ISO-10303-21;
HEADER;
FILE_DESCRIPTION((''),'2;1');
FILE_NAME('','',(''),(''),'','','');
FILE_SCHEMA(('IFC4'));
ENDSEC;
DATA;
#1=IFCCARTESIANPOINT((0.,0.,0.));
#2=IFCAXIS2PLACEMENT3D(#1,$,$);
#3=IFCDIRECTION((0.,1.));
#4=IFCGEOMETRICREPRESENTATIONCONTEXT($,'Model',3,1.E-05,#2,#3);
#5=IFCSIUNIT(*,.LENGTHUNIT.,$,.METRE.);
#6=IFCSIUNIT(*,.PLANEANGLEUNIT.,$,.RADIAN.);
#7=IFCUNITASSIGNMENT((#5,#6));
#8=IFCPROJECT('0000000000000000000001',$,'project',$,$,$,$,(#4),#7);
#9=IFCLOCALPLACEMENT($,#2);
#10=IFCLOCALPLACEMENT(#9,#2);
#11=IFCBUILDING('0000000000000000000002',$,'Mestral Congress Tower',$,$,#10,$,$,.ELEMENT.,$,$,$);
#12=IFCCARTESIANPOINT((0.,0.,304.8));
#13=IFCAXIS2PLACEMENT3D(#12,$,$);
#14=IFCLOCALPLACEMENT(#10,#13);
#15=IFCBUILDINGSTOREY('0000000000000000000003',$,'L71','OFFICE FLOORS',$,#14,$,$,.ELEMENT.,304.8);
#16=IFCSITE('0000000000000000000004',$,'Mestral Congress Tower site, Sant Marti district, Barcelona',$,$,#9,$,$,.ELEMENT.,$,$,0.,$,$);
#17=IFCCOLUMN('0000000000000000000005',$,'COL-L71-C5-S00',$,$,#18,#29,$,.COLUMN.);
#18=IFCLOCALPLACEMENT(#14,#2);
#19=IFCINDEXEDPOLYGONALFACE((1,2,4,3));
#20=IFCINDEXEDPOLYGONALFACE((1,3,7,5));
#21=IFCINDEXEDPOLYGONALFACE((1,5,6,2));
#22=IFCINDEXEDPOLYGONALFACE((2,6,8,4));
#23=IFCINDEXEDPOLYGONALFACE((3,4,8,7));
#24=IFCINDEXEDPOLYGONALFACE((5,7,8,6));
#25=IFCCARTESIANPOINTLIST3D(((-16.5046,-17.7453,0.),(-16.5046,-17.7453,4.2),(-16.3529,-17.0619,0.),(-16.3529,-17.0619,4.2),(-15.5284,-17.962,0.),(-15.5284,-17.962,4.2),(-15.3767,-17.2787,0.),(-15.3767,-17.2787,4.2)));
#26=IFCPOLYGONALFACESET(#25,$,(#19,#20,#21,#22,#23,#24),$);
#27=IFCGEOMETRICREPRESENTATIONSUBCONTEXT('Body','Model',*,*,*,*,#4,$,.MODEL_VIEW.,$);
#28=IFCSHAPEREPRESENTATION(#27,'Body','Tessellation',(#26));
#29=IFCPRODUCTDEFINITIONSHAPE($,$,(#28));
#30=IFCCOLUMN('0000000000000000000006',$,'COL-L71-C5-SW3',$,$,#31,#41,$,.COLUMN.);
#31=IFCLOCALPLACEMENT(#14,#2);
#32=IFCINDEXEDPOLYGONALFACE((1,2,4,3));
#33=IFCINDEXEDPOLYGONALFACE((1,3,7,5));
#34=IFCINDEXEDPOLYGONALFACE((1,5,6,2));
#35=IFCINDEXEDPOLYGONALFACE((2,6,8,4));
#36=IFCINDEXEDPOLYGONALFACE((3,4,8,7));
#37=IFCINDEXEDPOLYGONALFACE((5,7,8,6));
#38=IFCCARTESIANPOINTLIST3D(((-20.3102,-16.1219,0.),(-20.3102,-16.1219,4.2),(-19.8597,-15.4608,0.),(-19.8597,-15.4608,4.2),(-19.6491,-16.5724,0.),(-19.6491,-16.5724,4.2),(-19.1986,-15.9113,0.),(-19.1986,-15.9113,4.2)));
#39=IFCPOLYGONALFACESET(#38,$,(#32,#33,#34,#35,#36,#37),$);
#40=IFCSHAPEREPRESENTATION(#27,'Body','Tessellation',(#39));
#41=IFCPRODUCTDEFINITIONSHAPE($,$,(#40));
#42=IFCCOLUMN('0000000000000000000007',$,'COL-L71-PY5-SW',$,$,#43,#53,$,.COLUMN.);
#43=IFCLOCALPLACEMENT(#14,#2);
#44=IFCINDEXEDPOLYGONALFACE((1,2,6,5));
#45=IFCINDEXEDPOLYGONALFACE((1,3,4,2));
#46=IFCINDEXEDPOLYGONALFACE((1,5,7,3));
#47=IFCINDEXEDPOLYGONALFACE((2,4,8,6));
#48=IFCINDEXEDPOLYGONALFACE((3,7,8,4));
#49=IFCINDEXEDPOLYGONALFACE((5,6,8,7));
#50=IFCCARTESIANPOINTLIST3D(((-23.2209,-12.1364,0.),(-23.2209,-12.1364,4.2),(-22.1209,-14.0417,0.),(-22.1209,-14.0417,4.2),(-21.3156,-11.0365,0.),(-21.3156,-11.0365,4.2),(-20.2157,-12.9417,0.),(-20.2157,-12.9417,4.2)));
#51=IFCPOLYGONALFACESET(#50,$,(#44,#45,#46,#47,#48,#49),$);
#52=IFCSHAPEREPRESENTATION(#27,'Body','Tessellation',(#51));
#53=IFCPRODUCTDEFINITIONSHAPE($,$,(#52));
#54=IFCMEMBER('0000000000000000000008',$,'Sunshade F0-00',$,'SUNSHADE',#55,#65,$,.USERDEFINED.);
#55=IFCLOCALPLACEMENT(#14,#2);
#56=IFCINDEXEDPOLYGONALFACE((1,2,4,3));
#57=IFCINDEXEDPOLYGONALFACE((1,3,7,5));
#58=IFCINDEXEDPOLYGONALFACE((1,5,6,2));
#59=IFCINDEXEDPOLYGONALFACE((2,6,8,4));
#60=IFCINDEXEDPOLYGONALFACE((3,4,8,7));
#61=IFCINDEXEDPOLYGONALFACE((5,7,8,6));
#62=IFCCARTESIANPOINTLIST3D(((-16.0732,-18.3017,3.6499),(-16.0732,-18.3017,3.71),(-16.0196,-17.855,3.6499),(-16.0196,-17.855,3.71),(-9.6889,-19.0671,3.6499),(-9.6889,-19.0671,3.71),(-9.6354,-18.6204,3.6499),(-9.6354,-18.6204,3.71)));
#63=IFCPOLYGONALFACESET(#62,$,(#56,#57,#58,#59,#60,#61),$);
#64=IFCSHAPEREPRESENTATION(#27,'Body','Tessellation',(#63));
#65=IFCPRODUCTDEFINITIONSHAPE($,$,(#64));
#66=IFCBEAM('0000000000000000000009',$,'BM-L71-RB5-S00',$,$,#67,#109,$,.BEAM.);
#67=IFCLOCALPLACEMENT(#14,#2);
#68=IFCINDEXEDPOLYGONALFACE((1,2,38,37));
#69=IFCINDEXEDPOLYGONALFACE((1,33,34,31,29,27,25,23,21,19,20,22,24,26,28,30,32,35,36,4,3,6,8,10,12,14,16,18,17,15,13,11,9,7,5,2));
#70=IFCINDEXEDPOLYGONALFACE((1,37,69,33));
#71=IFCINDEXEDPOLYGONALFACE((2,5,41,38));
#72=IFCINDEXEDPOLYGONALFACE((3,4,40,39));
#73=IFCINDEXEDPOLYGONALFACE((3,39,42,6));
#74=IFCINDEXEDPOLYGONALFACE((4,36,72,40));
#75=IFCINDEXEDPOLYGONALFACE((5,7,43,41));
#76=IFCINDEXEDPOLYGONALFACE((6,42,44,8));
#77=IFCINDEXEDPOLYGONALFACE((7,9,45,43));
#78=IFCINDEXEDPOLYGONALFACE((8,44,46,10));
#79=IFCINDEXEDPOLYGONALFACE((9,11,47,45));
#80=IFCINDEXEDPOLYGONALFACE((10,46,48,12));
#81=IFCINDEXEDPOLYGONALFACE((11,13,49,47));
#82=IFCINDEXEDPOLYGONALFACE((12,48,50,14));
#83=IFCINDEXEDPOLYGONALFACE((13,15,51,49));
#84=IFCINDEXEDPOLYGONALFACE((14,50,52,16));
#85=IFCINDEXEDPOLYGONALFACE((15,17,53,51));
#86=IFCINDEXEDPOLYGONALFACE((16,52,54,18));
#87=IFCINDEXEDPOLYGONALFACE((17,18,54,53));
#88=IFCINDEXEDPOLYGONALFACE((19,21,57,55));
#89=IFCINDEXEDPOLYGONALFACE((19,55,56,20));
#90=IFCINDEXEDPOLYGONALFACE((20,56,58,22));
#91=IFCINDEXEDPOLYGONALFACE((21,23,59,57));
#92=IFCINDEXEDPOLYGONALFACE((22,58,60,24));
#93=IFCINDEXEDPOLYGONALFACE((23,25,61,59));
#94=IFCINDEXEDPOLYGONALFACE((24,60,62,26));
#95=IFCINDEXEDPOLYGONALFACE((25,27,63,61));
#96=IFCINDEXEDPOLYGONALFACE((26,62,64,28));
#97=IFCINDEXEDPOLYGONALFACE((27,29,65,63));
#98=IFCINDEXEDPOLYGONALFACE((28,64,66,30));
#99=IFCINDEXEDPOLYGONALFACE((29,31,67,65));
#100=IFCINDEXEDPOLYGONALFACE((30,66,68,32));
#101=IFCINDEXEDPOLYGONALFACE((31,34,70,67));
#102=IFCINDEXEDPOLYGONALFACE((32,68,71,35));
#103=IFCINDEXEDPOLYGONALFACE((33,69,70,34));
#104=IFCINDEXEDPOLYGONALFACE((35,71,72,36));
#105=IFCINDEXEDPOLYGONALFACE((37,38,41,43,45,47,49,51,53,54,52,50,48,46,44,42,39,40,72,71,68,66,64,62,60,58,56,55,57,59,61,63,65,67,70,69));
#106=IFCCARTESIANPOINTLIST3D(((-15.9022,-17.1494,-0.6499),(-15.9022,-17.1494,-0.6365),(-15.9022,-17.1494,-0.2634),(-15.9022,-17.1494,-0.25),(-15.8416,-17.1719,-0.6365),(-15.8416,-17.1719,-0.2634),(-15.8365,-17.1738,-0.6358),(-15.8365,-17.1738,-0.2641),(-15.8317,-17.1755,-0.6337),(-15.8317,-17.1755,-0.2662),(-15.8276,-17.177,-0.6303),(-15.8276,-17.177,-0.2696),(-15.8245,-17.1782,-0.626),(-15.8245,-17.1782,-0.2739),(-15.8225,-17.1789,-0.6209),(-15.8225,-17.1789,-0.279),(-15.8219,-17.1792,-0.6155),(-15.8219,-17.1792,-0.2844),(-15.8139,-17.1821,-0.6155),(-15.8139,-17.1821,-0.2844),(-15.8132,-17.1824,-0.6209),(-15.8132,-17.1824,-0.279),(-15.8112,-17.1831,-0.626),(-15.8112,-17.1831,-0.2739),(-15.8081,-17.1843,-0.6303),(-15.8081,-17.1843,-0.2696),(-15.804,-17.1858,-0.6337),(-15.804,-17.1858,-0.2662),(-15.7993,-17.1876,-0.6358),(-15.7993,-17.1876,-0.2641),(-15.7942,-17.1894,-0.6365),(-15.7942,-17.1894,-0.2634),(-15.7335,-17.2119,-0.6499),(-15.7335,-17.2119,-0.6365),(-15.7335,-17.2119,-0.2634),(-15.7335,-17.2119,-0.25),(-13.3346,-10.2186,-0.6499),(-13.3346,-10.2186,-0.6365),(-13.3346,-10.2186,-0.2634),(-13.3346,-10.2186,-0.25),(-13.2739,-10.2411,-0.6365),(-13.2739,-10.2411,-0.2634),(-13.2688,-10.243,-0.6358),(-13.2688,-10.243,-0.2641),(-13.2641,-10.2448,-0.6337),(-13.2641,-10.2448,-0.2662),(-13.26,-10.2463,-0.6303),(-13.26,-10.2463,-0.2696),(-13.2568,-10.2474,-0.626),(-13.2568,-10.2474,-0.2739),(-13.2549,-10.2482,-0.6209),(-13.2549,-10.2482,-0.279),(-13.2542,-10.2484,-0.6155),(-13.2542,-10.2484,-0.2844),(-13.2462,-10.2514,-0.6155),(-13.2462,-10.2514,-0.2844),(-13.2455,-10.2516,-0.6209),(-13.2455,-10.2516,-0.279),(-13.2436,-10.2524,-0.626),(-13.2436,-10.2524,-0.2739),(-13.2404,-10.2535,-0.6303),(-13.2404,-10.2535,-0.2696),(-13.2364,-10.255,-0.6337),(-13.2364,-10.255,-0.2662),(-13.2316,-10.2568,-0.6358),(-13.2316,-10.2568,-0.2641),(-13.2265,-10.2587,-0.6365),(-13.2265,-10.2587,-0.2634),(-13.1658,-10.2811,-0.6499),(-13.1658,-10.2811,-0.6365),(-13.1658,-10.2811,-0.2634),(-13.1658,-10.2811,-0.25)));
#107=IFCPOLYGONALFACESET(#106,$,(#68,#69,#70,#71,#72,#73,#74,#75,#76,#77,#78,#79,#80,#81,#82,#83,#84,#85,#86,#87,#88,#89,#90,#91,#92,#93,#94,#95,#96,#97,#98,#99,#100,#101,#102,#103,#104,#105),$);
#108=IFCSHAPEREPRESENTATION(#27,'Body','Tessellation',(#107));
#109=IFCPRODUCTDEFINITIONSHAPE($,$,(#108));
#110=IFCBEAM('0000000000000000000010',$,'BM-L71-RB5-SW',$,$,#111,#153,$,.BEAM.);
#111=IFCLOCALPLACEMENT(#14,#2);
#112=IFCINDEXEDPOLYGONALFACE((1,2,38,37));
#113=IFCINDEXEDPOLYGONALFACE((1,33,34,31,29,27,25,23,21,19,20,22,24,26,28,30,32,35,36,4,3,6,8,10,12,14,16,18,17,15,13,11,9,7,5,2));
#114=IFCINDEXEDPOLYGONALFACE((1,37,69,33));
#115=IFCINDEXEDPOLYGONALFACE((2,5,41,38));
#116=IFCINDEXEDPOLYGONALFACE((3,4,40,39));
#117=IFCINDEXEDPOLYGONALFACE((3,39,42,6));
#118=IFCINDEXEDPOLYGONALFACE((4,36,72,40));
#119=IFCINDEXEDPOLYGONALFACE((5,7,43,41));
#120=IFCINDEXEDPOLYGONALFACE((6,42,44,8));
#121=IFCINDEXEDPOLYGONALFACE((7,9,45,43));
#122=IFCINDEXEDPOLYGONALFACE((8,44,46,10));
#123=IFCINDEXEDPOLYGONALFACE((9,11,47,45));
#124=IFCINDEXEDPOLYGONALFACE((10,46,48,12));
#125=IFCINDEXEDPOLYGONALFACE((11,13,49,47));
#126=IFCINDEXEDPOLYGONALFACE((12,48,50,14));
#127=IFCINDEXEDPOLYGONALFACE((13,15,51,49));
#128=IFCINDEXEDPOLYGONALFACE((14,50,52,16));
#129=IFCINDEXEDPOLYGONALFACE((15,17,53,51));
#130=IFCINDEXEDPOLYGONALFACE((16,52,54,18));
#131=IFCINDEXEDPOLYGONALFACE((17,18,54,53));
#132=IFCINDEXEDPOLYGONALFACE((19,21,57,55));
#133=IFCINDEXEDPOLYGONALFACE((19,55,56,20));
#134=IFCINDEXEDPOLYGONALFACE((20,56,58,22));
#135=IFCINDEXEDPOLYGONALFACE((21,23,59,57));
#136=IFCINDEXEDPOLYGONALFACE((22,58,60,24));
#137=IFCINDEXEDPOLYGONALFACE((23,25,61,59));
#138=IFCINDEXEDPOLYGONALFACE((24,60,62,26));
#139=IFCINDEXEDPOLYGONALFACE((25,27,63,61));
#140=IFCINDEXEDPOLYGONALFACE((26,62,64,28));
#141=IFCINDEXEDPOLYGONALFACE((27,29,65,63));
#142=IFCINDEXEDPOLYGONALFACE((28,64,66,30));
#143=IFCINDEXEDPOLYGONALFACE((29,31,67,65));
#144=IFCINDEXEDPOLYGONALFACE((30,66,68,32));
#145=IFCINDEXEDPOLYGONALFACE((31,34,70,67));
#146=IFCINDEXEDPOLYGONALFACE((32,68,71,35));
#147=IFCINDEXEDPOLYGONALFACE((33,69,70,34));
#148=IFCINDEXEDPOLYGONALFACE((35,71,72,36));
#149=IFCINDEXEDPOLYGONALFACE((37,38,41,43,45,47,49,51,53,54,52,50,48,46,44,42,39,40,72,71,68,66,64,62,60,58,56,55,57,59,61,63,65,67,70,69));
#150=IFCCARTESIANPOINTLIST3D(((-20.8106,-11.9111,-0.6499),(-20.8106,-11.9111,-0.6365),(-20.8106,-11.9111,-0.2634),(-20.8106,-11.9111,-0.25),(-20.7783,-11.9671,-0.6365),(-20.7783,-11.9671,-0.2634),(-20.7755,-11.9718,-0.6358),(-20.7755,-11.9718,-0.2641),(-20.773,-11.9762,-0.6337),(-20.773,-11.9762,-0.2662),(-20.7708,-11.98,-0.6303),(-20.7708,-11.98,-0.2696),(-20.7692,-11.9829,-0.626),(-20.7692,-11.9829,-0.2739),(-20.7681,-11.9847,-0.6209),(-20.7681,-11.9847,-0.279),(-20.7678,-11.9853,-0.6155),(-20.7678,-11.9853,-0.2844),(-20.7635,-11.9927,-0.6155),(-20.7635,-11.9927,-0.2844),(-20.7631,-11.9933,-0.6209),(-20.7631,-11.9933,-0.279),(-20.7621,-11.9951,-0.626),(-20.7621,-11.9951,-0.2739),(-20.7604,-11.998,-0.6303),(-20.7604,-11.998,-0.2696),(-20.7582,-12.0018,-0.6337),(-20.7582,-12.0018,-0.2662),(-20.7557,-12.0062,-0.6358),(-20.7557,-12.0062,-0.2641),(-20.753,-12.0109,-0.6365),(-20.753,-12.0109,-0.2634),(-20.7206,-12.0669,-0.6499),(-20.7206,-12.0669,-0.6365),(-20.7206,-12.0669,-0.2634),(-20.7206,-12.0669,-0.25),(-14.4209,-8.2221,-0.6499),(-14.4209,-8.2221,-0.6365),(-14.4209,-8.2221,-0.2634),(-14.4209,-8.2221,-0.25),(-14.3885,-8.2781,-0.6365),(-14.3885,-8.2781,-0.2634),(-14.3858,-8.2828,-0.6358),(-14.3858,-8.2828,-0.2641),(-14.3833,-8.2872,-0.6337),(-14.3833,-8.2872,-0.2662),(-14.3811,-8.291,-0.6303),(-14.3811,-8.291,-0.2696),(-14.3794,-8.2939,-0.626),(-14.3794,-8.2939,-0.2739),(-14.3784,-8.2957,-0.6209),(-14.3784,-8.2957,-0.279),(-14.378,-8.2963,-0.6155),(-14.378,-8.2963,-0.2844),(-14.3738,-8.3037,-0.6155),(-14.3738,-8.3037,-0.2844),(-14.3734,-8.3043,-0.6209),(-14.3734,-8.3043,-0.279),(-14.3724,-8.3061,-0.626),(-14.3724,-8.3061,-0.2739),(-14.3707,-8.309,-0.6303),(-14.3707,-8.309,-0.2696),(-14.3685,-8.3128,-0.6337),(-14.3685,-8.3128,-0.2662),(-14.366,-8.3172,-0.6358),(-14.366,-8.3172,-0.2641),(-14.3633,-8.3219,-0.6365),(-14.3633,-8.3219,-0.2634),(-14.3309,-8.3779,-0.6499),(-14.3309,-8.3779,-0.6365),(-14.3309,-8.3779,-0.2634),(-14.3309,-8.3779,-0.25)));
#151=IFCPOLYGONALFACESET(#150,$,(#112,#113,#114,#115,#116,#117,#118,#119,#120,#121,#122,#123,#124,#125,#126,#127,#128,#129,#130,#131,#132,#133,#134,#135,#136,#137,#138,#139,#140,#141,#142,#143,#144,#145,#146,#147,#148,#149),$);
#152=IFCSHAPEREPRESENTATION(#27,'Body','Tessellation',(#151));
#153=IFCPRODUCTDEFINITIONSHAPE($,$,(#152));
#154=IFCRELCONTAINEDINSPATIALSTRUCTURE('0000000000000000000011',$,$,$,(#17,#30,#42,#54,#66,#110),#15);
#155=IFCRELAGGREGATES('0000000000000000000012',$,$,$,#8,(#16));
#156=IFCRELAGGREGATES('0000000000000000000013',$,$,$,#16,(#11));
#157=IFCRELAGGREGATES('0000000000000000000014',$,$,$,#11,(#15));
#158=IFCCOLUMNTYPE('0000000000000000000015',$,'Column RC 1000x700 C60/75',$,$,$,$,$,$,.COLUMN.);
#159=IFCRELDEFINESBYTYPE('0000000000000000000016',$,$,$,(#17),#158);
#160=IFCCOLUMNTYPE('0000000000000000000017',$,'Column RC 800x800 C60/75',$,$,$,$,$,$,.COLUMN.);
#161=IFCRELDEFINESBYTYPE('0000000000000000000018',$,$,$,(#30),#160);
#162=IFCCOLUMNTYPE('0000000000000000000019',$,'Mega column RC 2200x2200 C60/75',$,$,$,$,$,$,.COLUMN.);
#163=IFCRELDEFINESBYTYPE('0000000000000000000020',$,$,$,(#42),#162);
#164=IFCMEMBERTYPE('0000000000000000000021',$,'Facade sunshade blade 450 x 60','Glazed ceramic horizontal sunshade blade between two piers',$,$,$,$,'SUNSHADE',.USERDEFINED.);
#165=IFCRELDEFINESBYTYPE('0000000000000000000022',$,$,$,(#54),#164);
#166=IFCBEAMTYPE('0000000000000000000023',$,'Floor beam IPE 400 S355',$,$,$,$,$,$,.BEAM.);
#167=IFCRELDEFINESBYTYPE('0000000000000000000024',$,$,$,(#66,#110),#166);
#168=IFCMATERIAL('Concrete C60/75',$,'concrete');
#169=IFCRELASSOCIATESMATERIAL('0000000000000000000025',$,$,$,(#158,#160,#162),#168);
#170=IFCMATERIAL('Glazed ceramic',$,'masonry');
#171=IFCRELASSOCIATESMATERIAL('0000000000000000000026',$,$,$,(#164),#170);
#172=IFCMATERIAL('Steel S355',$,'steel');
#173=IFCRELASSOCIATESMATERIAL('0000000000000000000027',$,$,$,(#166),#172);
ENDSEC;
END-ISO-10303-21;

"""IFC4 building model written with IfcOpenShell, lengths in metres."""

from ifc_helpers import new_model, si_unit, direction, frame, origin, origin_2d, place, context, subcontext, project, spatial, rectangle, i_section, extrude, material, material_profile, profile_set, type_object, element, save


model = new_model("IFC4")

# Units and contexts
model_context = context("Model", 3, precision=1e-05, world=origin(), true_north=direction((0.0, 1.0)))
body_context = subcontext(model_context, "Body", "Model", "MODEL_VIEW")
ifc_project = project(units=[si_unit("LENGTHUNIT", "METRE"), si_unit("PLANEANGLEUNIT", "RADIAN")], contexts=[model_context])

# Site, building, storey
site_placement = place(None, origin())
site = spatial("IfcSite", under=ifc_project, at=site_placement, Name="Mestral Congress Tower site, Sant Marti district, Barcelona", CompositionType="ELEMENT", RefElevation=0.0)
building_placement = place(site_placement, origin())
building = spatial("IfcBuilding", under=site, at=building_placement, Name="Mestral Congress Tower", CompositionType="ELEMENT")
storey_placement = place(building_placement, frame((0.0, 0.0, 304.8)))
storey = spatial("IfcBuildingStorey", under=building, at=storey_placement, Name="L71", Description="OFFICE FLOORS", CompositionType="ELEMENT", Elevation=304.8)

# Columns
ifc_material_1 = material(Name="Concrete C60/75", Category="concrete")
ifc_material_profile_1 = material_profile(ifc_material_1, rectangle(XDim=1.0, YDim=0.7, at=origin_2d()), Name="RC 1000x700")
ifc_profile_set_1 = profile_set([ifc_material_profile_1], Name="Concrete C60/75")
column_type_1 = type_object("IfcColumnType", Name="Column RC 1000x700 C60/75", PredefinedType="COLUMN", material=ifc_profile_set_1)
column_1_placement = place(storey_placement, frame((-15.9407, -17.512, 0.0), z_axis=(0.0, 0.0, 1.0), x_axis=(0.976234, -0.216721, 0.0)))
element("IfcColumn", 1, at=column_1_placement, inside=storey, type_object=column_type_1, Name="COL-L71-C5-S00", PredefinedType="COLUMN", context=body_context, shape_type="SweptSolid", body=[
    extrude(rectangle(XDim=1.0, YDim=0.7, at=origin_2d()), origin(), (0.0, 0.0, 1.0), 4.2),
])
ifc_material_profile_2 = material_profile(ifc_material_1, rectangle(XDim=0.8, YDim=0.8, at=origin_2d()), Name="RC 800x800")
ifc_profile_set_2 = profile_set([ifc_material_profile_2], Name="Concrete C60/75")
column_type_2 = type_object("IfcColumnType", Name="Column RC 800x800 C60/75", PredefinedType="COLUMN", material=ifc_profile_set_2)
column_2_placement = place(storey_placement, frame((-19.7544, -16.0166, 0.0), z_axis=(0.0, 0.0, 1.0), x_axis=(0.826363, -0.563138, 0.0)))
element("IfcColumn", 2, at=column_2_placement, inside=storey, type_object=column_type_2, Name="COL-L71-C5-SW3", PredefinedType="COLUMN", context=body_context, shape_type="SweptSolid", body=[
    extrude(rectangle(XDim=0.8, YDim=0.8, at=origin_2d()), origin(), (0.0, 0.0, 1.0), 4.2),
])
ifc_material_profile_3 = material_profile(ifc_material_1, rectangle(XDim=2.2, YDim=2.2, at=origin_2d()), Name="RC 2200x2200")
ifc_profile_set_3 = profile_set([ifc_material_profile_3], Name="Concrete C60/75")
column_type_3 = type_object("IfcColumnType", Name="Mega column RC 2200x2200 C60/75", PredefinedType="COLUMN", material=ifc_profile_set_3)
column_3_placement = place(storey_placement, frame((-21.7183, -12.5391, 0.0), z_axis=(0.0, 0.0, 1.0), x_axis=(-0.866025, -0.5, 0.0)))
element("IfcColumn", 3, at=column_3_placement, inside=storey, type_object=column_type_3, Name="COL-L71-PY5-SW", PredefinedType="COLUMN", context=body_context, shape_type="SweptSolid", body=[
    extrude(rectangle(XDim=2.2, YDim=2.2, at=origin_2d()), origin(), (0.0, 0.0, 1.0), 4.2),
])

# Member
ifc_material_2 = material(Name="Glazed ceramic", Category="masonry")
ifc_material_profile_4 = material_profile(ifc_material_2, rectangle(XDim=0.45, YDim=0.0601, at=origin_2d()), Name="Ceramic blade 450 x 60")
ifc_profile_set_4 = profile_set([ifc_material_profile_4], Name="Glazed ceramic")
member_type = type_object("IfcMemberType", Name="Facade sunshade blade 450 x 60", Description="Glazed ceramic horizontal sunshade blade between two piers", ElementType="SUNSHADE", PredefinedType="USERDEFINED", material=ifc_profile_set_4)
member_placement = place(storey_placement, frame((-16.0464, -18.0784, 3.6799), z_axis=(0.99289, -0.119033, 0.0), x_axis=(0.119033, 0.99289, 0.0)))
element("IfcMember", 4, at=member_placement, inside=storey, type_object=member_type, Name="Sunshade F0-00", ObjectType="SUNSHADE", PredefinedType="USERDEFINED", context=body_context, shape_type="SweptSolid", body=[
    extrude(rectangle(XDim=0.45, YDim=0.0601, at=origin_2d()), origin(), (0.0, 0.0, 1.0), 6.4299),
])

# Beams
ifc_material_3 = material(Name="Steel S355", Category="steel")
ifc_material_profile_5 = material_profile(ifc_material_3, i_section(OverallWidth=0.1799, OverallDepth=0.3999, WebThickness=0.0085, FlangeThickness=0.0134, FilletRadius=0.021, at=origin_2d()), Name="IPE 400")
ifc_profile_set_5 = profile_set([ifc_material_profile_5], Name="Steel S355")
beam_type_1 = type_object("IfcBeamType", Name="Floor beam IPE 400 S355", PredefinedType="BEAM", material=ifc_profile_set_5)
beam_1_placement = place(storey_placement, frame((-15.8179, -17.1807, -0.45), z_axis=(0.347399, 0.937717, 0.0), x_axis=(-0.937717, 0.347399, 0.0)))
element("IfcBeam", 5, at=beam_1_placement, inside=storey, type_object=beam_type_1, Name="BM-L71-RB5-S00", PredefinedType="BEAM", context=body_context, shape_type="SweptSolid", body=[
    extrude(i_section(OverallWidth=0.1799, OverallDepth=0.3999, WebThickness=0.0085, FlangeThickness=0.0134, FilletRadius=0.021, at=origin_2d()), origin(), (0.0, 0.0, 1.0), 7.3911),
])
beam_2_placement = place(storey_placement, frame((-20.7656, -11.989, -0.45), z_axis=(0.866031, 0.49999, 0.0), x_axis=(-0.49999, 0.866031, 0.0)))
element("IfcBeam", 6, at=beam_2_placement, inside=storey, type_object=beam_type_1, Name="BM-L71-RB5-SW", PredefinedType="BEAM", context=body_context, shape_type="SweptSolid", body=[
    extrude(i_section(OverallWidth=0.1799, OverallDepth=0.3999, WebThickness=0.0085, FlangeThickness=0.0134, FilletRadius=0.021, at=origin_2d()), origin(), (0.0, 0.0, 1.0), 7.3782),
])

save(model, "model.ifc")
